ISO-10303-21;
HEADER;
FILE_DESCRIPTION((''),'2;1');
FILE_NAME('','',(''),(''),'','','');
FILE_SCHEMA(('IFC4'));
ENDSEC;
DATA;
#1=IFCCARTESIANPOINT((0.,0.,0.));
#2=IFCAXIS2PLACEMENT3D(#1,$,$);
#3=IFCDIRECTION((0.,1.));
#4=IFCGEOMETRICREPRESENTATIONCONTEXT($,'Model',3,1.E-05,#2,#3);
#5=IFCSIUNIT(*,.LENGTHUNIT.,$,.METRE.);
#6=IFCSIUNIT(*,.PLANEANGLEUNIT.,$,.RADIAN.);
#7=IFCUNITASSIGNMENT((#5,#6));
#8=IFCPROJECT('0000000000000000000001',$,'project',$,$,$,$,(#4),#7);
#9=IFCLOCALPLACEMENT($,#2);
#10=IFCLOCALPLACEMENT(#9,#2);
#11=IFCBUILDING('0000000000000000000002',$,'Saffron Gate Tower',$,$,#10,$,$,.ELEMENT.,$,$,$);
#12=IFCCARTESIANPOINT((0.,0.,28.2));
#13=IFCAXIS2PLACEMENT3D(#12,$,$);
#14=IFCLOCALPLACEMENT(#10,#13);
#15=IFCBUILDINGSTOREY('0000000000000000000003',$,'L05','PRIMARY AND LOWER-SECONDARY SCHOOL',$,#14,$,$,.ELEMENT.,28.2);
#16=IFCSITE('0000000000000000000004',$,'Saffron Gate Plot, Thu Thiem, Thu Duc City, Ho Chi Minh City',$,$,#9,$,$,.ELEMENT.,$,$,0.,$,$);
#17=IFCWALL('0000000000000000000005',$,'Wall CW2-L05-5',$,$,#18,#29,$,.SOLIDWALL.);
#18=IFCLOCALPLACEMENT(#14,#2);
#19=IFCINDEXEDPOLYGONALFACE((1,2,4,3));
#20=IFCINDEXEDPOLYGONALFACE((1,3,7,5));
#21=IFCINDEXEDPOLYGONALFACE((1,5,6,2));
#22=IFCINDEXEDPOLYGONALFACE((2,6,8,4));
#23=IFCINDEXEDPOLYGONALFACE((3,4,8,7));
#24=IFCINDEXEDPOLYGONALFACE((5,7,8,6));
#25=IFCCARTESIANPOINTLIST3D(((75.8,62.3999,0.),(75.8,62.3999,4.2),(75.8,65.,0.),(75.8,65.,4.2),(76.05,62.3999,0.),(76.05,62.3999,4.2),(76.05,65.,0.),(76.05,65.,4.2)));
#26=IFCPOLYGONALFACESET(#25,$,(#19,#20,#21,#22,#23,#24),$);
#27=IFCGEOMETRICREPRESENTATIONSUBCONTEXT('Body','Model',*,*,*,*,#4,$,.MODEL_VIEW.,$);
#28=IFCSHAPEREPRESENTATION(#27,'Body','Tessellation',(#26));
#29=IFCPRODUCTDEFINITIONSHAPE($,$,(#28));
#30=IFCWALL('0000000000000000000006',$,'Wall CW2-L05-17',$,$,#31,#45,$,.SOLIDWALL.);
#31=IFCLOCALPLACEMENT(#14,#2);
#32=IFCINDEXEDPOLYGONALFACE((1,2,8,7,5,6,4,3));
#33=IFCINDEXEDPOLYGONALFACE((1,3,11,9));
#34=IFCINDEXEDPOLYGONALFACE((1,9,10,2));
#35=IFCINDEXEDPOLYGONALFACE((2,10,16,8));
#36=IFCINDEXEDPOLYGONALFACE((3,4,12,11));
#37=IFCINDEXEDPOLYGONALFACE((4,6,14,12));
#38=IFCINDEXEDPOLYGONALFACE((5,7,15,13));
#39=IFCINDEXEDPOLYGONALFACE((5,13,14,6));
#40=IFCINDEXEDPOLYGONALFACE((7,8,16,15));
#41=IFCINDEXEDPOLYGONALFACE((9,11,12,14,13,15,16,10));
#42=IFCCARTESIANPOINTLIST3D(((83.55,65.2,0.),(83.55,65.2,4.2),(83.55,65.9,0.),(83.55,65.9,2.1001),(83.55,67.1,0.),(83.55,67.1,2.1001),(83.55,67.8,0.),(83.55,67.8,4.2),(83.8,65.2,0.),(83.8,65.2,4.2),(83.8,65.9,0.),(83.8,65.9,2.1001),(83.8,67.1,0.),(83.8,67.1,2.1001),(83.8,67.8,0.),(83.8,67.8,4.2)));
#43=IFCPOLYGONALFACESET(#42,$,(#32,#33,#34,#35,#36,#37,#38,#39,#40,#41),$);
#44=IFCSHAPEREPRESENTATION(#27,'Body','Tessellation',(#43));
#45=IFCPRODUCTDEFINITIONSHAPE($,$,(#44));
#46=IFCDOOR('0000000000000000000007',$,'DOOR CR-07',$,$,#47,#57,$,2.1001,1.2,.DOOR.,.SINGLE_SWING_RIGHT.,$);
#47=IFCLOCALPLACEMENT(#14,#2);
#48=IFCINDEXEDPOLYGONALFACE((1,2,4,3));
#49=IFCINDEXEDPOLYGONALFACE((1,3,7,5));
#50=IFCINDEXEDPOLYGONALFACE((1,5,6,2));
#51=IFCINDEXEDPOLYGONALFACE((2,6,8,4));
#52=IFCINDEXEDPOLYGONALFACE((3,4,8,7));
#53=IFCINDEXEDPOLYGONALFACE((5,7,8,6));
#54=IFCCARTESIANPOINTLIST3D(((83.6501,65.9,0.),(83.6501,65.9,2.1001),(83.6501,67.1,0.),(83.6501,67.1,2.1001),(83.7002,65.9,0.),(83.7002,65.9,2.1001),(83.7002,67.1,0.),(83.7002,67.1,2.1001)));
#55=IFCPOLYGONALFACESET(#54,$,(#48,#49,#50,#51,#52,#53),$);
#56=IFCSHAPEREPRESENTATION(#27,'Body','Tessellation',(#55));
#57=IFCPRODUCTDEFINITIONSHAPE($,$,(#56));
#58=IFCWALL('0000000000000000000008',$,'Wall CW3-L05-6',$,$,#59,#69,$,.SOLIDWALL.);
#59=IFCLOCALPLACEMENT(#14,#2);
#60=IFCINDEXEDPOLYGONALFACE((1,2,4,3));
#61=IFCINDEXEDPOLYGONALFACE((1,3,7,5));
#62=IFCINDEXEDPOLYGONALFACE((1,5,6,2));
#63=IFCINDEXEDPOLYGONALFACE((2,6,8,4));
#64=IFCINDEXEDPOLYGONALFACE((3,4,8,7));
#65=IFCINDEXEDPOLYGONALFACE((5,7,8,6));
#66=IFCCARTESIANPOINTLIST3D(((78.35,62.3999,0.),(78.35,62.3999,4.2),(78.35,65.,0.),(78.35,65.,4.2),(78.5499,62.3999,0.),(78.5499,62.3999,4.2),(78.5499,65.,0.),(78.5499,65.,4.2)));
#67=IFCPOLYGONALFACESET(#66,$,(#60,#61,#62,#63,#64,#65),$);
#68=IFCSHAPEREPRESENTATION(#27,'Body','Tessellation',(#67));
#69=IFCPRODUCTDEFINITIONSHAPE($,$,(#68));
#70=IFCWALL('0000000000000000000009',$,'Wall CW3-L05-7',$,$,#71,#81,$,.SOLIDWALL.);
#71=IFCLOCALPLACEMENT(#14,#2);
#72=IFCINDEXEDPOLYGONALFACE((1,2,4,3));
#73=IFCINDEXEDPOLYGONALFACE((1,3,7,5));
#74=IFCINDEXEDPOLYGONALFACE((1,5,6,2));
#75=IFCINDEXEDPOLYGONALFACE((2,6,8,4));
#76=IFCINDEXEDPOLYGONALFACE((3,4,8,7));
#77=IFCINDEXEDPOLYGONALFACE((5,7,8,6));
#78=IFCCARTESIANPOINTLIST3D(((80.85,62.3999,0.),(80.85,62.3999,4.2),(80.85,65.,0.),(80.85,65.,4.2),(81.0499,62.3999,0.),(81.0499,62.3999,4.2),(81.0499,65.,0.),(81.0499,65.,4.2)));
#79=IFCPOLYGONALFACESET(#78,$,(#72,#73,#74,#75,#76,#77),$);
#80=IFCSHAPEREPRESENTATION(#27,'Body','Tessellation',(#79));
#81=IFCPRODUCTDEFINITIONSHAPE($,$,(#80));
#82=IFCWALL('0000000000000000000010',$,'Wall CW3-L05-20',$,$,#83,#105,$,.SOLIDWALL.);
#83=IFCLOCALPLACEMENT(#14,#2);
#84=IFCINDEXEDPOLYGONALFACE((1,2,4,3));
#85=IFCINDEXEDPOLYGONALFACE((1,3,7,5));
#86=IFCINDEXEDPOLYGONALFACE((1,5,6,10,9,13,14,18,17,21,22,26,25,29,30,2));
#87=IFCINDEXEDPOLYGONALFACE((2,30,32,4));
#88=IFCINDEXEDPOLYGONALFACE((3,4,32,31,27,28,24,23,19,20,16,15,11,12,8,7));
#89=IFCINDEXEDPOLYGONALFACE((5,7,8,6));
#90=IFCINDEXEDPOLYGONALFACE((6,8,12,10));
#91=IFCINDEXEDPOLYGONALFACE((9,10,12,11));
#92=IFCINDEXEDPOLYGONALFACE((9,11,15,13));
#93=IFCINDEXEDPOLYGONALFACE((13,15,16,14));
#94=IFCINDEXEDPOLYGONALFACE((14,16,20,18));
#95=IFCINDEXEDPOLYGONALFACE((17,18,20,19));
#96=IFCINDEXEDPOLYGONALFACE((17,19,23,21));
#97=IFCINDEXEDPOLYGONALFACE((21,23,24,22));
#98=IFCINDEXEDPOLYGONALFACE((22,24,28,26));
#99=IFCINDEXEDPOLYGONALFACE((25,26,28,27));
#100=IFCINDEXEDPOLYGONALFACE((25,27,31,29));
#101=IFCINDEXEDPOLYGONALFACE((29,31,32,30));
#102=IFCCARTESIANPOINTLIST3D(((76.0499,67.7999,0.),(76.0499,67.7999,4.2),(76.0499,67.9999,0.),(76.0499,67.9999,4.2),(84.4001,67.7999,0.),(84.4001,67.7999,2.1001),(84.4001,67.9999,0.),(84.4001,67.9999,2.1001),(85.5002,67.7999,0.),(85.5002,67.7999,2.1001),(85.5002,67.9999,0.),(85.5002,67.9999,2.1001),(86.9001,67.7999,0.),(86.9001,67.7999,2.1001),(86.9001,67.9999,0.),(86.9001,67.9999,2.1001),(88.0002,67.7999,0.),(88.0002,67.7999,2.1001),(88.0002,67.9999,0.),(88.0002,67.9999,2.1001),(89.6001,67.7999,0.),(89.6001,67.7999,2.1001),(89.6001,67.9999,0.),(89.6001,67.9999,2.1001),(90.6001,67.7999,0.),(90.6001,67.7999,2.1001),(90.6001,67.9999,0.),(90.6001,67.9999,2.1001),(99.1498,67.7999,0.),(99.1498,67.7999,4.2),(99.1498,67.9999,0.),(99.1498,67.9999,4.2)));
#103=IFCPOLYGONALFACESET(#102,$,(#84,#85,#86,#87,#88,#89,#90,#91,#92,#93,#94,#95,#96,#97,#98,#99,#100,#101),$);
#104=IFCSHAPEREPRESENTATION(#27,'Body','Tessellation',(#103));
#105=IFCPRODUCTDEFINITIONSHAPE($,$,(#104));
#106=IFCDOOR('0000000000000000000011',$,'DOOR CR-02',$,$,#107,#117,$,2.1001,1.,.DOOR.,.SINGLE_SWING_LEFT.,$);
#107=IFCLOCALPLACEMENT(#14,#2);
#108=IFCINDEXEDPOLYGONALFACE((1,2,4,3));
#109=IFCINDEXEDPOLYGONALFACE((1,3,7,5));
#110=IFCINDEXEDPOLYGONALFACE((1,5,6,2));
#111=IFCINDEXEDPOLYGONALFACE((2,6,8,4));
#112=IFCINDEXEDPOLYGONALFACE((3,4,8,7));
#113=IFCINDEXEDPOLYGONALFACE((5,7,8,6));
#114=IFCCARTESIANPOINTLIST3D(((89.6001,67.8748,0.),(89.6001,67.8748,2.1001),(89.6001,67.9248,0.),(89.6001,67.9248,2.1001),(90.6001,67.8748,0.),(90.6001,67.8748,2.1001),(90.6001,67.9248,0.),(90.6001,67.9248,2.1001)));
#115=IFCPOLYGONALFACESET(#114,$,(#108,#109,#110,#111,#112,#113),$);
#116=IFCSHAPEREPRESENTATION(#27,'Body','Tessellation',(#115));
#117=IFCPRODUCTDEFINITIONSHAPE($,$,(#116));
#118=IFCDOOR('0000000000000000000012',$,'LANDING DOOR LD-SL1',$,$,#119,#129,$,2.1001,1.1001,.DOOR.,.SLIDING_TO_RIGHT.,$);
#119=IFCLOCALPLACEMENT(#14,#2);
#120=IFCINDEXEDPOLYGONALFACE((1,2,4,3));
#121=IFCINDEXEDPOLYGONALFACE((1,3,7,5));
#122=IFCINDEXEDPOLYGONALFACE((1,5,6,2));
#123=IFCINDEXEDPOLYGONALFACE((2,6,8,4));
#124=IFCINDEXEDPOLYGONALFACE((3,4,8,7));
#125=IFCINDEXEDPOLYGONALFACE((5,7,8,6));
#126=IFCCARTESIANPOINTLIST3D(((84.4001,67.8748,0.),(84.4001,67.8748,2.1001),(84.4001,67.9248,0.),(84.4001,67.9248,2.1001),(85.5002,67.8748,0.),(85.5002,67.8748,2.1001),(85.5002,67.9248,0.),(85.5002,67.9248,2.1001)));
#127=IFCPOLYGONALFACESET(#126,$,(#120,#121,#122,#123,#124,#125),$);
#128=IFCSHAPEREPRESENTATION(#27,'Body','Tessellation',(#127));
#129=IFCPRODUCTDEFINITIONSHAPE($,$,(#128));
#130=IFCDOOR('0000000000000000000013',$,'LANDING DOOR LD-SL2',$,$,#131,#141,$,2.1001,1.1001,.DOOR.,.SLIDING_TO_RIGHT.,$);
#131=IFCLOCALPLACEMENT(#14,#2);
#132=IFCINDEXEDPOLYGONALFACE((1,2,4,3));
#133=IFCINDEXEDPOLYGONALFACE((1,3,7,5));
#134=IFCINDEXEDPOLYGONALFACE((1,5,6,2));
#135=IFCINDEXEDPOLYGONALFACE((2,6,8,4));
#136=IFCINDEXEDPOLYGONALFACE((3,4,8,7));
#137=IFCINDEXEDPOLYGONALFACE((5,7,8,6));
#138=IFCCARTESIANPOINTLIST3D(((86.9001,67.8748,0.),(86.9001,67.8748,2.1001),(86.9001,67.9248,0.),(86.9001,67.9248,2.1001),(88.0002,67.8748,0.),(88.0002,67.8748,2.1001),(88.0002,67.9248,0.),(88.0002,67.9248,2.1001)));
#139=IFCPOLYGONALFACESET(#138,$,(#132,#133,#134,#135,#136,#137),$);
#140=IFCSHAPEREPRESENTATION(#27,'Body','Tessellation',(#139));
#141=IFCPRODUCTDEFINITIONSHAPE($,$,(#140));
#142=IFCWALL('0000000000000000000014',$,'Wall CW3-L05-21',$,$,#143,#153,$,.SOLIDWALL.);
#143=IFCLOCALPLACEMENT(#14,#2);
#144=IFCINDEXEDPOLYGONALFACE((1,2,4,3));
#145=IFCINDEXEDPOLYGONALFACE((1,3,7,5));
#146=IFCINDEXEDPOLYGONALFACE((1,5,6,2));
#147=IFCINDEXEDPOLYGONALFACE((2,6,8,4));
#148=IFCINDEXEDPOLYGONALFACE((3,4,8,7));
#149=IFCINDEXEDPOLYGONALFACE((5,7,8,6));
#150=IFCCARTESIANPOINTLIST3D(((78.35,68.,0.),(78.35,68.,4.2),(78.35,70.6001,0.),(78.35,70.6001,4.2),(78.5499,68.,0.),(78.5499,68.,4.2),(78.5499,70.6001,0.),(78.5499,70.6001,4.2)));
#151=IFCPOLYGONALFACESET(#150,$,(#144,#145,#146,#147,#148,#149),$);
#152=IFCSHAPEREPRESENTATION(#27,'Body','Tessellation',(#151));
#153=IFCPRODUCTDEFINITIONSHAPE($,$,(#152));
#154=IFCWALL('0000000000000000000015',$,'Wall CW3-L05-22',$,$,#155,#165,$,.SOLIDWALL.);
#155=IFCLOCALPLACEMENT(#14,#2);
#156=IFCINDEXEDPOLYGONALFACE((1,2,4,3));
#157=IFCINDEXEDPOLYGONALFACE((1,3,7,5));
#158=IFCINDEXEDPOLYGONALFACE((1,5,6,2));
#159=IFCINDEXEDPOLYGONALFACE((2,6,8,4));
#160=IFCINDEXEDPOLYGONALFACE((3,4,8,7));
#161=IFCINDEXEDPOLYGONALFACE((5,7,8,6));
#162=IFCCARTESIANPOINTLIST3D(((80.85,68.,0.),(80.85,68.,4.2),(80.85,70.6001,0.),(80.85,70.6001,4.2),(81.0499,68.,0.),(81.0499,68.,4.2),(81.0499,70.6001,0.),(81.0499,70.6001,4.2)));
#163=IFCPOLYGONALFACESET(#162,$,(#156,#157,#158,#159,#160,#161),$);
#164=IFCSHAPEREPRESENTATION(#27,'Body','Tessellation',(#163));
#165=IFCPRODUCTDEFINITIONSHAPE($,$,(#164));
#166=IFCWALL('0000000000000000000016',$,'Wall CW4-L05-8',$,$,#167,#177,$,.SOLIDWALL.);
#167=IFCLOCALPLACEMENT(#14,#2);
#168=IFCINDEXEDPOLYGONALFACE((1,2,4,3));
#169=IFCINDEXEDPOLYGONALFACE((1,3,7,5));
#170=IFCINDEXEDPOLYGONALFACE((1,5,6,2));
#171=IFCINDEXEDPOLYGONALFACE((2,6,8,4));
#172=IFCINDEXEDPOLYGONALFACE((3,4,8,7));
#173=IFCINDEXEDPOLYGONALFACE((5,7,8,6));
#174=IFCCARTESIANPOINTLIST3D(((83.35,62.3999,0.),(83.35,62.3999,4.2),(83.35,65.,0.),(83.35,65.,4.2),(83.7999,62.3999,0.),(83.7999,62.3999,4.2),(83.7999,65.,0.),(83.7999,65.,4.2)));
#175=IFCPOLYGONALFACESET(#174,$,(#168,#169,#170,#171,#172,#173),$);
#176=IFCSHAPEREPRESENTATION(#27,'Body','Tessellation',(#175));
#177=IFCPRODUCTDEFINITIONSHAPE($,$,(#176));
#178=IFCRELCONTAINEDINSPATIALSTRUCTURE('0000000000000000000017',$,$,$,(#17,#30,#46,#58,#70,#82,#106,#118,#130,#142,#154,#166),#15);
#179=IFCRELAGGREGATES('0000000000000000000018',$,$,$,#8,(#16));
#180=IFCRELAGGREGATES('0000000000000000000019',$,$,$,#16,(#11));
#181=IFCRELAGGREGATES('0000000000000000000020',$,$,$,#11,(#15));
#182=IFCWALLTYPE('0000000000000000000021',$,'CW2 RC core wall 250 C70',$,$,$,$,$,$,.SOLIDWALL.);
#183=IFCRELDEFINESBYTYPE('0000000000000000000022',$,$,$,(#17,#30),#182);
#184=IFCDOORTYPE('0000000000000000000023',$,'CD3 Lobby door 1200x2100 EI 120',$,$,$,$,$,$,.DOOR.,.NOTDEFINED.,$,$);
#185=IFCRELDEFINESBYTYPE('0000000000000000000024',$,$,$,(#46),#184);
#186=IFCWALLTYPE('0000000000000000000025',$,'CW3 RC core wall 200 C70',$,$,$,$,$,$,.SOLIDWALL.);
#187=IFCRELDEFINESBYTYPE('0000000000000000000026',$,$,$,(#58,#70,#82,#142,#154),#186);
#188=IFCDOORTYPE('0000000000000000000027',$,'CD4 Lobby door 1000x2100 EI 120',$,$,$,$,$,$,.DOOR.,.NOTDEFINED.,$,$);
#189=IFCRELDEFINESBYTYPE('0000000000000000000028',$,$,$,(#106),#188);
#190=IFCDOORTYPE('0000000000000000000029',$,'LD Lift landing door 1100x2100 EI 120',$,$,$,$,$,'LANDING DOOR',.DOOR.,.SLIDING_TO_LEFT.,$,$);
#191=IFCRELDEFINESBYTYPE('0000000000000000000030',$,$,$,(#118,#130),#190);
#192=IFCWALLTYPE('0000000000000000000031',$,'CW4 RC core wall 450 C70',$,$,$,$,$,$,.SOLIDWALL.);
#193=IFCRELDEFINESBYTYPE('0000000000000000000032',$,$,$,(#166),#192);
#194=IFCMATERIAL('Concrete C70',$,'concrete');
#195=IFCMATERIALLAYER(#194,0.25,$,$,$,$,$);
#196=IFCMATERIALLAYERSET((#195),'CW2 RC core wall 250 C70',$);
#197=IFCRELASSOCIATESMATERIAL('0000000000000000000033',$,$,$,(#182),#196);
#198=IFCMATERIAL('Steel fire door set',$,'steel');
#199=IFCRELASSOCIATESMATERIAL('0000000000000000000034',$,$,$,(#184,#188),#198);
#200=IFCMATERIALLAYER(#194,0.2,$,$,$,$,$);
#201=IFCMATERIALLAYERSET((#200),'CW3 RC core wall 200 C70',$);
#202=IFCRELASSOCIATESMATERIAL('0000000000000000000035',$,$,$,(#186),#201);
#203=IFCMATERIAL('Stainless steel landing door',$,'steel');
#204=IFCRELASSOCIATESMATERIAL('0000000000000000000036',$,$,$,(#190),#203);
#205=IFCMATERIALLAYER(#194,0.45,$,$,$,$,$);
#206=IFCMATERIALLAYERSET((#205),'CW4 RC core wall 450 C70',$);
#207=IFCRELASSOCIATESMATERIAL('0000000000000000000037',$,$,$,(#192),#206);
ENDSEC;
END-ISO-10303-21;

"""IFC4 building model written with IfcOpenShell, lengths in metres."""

from ifc_helpers import new_model, si_unit, direction, frame, frame_2d, origin, place, context, subcontext, project, spatial, rectangle, extrude, material, layer, layer_set, type_object, element, fill, save


model = new_model("IFC4")

# Units and contexts
model_context = context("Model", 3, precision=1e-05, world=origin(), true_north=direction((0.0, 1.0)))
body_context = subcontext(model_context, "Body", "Model", "MODEL_VIEW")
ifc_project = project(units=[si_unit("LENGTHUNIT", "METRE"), si_unit("PLANEANGLEUNIT", "RADIAN")], contexts=[model_context])

# Site, building, storey
site_placement = place(None, origin())
site = spatial("IfcSite", under=ifc_project, at=site_placement, Name="Saffron Gate Plot, Thu Thiem, Thu Duc City, Ho Chi Minh City", CompositionType="ELEMENT", RefElevation=0.0)
building_placement = place(site_placement, origin())
building = spatial("IfcBuilding", under=site, at=building_placement, Name="Saffron Gate Tower", CompositionType="ELEMENT")
storey_placement = place(building_placement, frame((0.0, 0.0, 28.2)))
storey = spatial("IfcBuildingStorey", under=building, at=storey_placement, Name="L05", Description="PRIMARY AND LOWER-SECONDARY SCHOOL", CompositionType="ELEMENT", Elevation=28.2)

# Wall
ifc_material_1 = material(Name="Concrete C70", Category="concrete")
ifc_layer_1 = layer(ifc_material_1, 0.25)
ifc_layer_set_1 = layer_set([ifc_layer_1], Name="CW2 RC core wall 250 C70")
wall_type_1 = type_object("IfcWallType", Name="CW2 RC core wall 250 C70", PredefinedType="SOLIDWALL", material=ifc_layer_set_1)
wall_1_placement = place(storey_placement, frame((75.925, 62.3999, 0.0), z_axis=(0.0, 0.0, 1.0), x_axis=(0.0, 1.0, 0.0)))
element("IfcWall", 1, at=wall_1_placement, inside=storey, type_object=wall_type_1, Name="Wall CW2-L05-5", PredefinedType="SOLIDWALL", context=body_context, shape_type="SweptSolid", body=[
    extrude(rectangle(XDim=2.6001, YDim=0.25, at=frame_2d((1.3, 0.0))), origin(), (0.0, 0.0, 1.0), 4.2),
])

# Wall, opening, door
wall_2_placement = place(storey_placement, frame((83.675, 65.2, 0.0), z_axis=(0.0, 0.0, 1.0), x_axis=(0.0, 1.0, 0.0)))
wall_2 = element("IfcWall", 2, at=wall_2_placement, inside=storey, type_object=wall_type_1, Name="Wall CW2-L05-17", PredefinedType="SOLIDWALL", context=body_context, shape_type="SweptSolid", body=[
    extrude(rectangle(XDim=2.6001, YDim=0.25, at=frame_2d((1.3, 0.0))), origin(), (0.0, 0.0, 1.0), 4.2),
])
opening_1_placement = place(wall_2_placement, frame((0.7, 0.0, 0.0)))
opening_1 = element("IfcOpeningElement", 3, at=opening_1_placement, cuts=wall_2, PredefinedType="OPENING", context=body_context, shape_type="SweptSolid", body=[
    extrude(rectangle(XDim=1.2, YDim=2.1001, at=frame_2d((0.6001, 1.05))), frame((0.0, 0.135, 0.0), z_axis=(0.0, -1.0, 0.0), x_axis=(1.0, 0.0, 0.0)), (0.0, 0.0, 1.0), 0.27),
])
ifc_material_2 = material(Name="Steel fire door set", Category="steel")
door_type_1 = type_object("IfcDoorType", Name="CD3 Lobby door 1200x2100 EI 120", OperationType="NOTDEFINED", PredefinedType="DOOR", material=ifc_material_2)
door_1_placement = place(opening_1_placement, origin())
door_1 = element("IfcDoor", 4, at=door_1_placement, inside=storey, type_object=door_type_1, Name="DOOR CR-07", OperationType="SINGLE_SWING_RIGHT", OverallHeight=2.1001, OverallWidth=1.2, PredefinedType="DOOR", context=body_context, shape_type="SweptSolid", body=[
    extrude(rectangle(XDim=1.2, YDim=2.1001, at=frame_2d((0.6001, 1.05))), frame((0.0, 0.0249, 0.0), z_axis=(0.0, -1.0, 0.0), x_axis=(1.0, 0.0, 0.0)), (0.0, 0.0, 1.0), 0.05),
])
fill(opening_1, door_1)

# Walls
ifc_layer_2 = layer(ifc_material_1, 0.2)
ifc_layer_set_2 = layer_set([ifc_layer_2], Name="CW3 RC core wall 200 C70")
wall_type_2 = type_object("IfcWallType", Name="CW3 RC core wall 200 C70", PredefinedType="SOLIDWALL", material=ifc_layer_set_2)
for number, where, z_axis, x_axis, name in (
    (5, (78.45, 62.3999, 0.0), (0.0, 0.0, 1.0), (0.0, 1.0, 0.0), "Wall CW3-L05-6"),
    (6, (80.95, 62.3999, 0.0), (0.0, 0.0, 1.0), (0.0, 1.0, 0.0), "Wall CW3-L05-7"),
):
    element("IfcWall", number, at=place(storey_placement, frame(where, z_axis=z_axis, x_axis=x_axis)), inside=storey, type_object=wall_type_2, Name=name, PredefinedType="SOLIDWALL", context=body_context, shape_type="SweptSolid", body=[
        extrude(rectangle(XDim=2.6001, YDim=0.2, at=frame_2d((1.3, 0.0))), origin(), (0.0, 0.0, 1.0), 4.2),
    ])

# Wall, openings, doors
wall_3_placement = place(storey_placement, frame((76.05, 67.8999, 0.0), z_axis=(0.0, 0.0, 1.0), x_axis=(1.0, 0.0, 0.0)))
wall_3 = element("IfcWall", 7, at=wall_3_placement, inside=storey, type_object=wall_type_2, Name="Wall CW3-L05-20", PredefinedType="SOLIDWALL", context=body_context, shape_type="SweptSolid", body=[
    extrude(rectangle(XDim=23.0999, YDim=0.2, at=frame_2d((11.5498, 0.0))), origin(), (0.0, 0.0, 1.0), 4.2),
])
opening_2_placement = place(wall_3_placement, frame((8.3501, 0.0, 0.0)))
opening_2 = element("IfcOpeningElement", 8, at=opening_2_placement, cuts=wall_3, PredefinedType="OPENING", context=body_context, shape_type="SweptSolid", body=[
    extrude(rectangle(XDim=1.1001, YDim=2.1001, at=frame_2d((0.55, 1.05))), frame((0.0, 0.1099, 0.0), z_axis=(0.0, -1.0, 0.0), x_axis=(1.0, 0.0, 0.0)), (0.0, 0.0, 1.0), 0.22),
])
opening_3_placement = place(wall_3_placement, frame((10.8501, 0.0, 0.0)))
opening_3 = element("IfcOpeningElement", 9, at=opening_3_placement, cuts=wall_3, PredefinedType="OPENING", context=body_context, shape_type="SweptSolid", body=[
    extrude(rectangle(XDim=1.1001, YDim=2.1001, at=frame_2d((0.55, 1.05))), frame((0.0, 0.1099, 0.0), z_axis=(0.0, -1.0, 0.0), x_axis=(1.0, 0.0, 0.0)), (0.0, 0.0, 1.0), 0.22),
])
opening_4_placement = place(wall_3_placement, frame((13.55, 0.0, 0.0)))
opening_4 = element("IfcOpeningElement", 10, at=opening_4_placement, cuts=wall_3, PredefinedType="OPENING", context=body_context, shape_type="SweptSolid", body=[
    extrude(rectangle(XDim=1.0, YDim=2.1001, at=frame_2d((0.5, 1.05))), frame((0.0, 0.1099, 0.0), z_axis=(0.0, -1.0, 0.0), x_axis=(1.0, 0.0, 0.0)), (0.0, 0.0, 1.0), 0.22),
])
door_type_2 = type_object("IfcDoorType", Name="CD4 Lobby door 1000x2100 EI 120", OperationType="NOTDEFINED", PredefinedType="DOOR", material=ifc_material_2)
door_2_placement = place(opening_4_placement, origin())
door_2 = element("IfcDoor", 11, at=door_2_placement, inside=storey, type_object=door_type_2, Name="DOOR CR-02", OperationType="SINGLE_SWING_LEFT", OverallHeight=2.1001, OverallWidth=1.0, PredefinedType="DOOR", context=body_context, shape_type="SweptSolid", body=[
    extrude(rectangle(XDim=1.0, YDim=2.1001, at=frame_2d((0.5, 1.05))), frame((0.0, 0.0249, 0.0), z_axis=(0.0, -1.0, 0.0), x_axis=(1.0, 0.0, 0.0)), (0.0, 0.0, 1.0), 0.05),
])
fill(opening_4, door_2)
ifc_material_3 = material(Name="Stainless steel landing door", Category="steel")
door_type_3 = type_object("IfcDoorType", Name="LD Lift landing door 1100x2100 EI 120", ElementType="LANDING DOOR", OperationType="SLIDING_TO_LEFT", PredefinedType="DOOR", material=ifc_material_3)
door_3_placement = place(opening_2_placement, origin())
door_3 = element("IfcDoor", 12, at=door_3_placement, inside=storey, type_object=door_type_3, Name="LANDING DOOR LD-SL1", OperationType="SLIDING_TO_RIGHT", OverallHeight=2.1001, OverallWidth=1.1001, PredefinedType="DOOR", context=body_context, shape_type="SweptSolid", body=[
    extrude(rectangle(XDim=1.1001, YDim=2.1001, at=frame_2d((0.55, 1.05))), frame((0.0, 0.0249, 0.0), z_axis=(0.0, -1.0, 0.0), x_axis=(1.0, 0.0, 0.0)), (0.0, 0.0, 1.0), 0.05),
])
fill(opening_2, door_3)
door_4_placement = place(opening_3_placement, origin())
door_4 = element("IfcDoor", 13, at=door_4_placement, inside=storey, type_object=door_type_3, Name="LANDING DOOR LD-SL2", OperationType="SLIDING_TO_RIGHT", OverallHeight=2.1001, OverallWidth=1.1001, PredefinedType="DOOR", context=body_context, shape_type="SweptSolid", body=[
    extrude(rectangle(XDim=1.1001, YDim=2.1001, at=frame_2d((0.55, 1.05))), frame((0.0, 0.0249, 0.0), z_axis=(0.0, -1.0, 0.0), x_axis=(1.0, 0.0, 0.0)), (0.0, 0.0, 1.0), 0.05),
])
fill(opening_3, door_4)

# Walls
for number, where, z_axis, x_axis, name in (
    (14, (78.45, 68.0, 0.0), (0.0, 0.0, 1.0), (0.0, 1.0, 0.0), "Wall CW3-L05-21"),
    (15, (80.95, 68.0, 0.0), (0.0, 0.0, 1.0), (0.0, 1.0, 0.0), "Wall CW3-L05-22"),
):
    element("IfcWall", number, at=place(storey_placement, frame(where, z_axis=z_axis, x_axis=x_axis)), inside=storey, type_object=wall_type_2, Name=name, PredefinedType="SOLIDWALL", context=body_context, shape_type="SweptSolid", body=[
        extrude(rectangle(XDim=2.6001, YDim=0.2, at=frame_2d((1.3, 0.0))), origin(), (0.0, 0.0, 1.0), 4.2),
    ])
ifc_layer_3 = layer(ifc_material_1, 0.45)
ifc_layer_set_3 = layer_set([ifc_layer_3], Name="CW4 RC core wall 450 C70")
wall_type_3 = type_object("IfcWallType", Name="CW4 RC core wall 450 C70", PredefinedType="SOLIDWALL", material=ifc_layer_set_3)
wall_4_placement = place(storey_placement, frame((83.575, 62.3999, 0.0), z_axis=(0.0, 0.0, 1.0), x_axis=(0.0, 1.0, 0.0)))
element("IfcWall", 16, at=wall_4_placement, inside=storey, type_object=wall_type_3, Name="Wall CW4-L05-8", PredefinedType="SOLIDWALL", context=body_context, shape_type="SweptSolid", body=[
    extrude(rectangle(XDim=2.6001, YDim=0.45, at=frame_2d((1.3, 0.0))), origin(), (0.0, 0.0, 1.0), 4.2),
])

save(model, "model.ifc")
